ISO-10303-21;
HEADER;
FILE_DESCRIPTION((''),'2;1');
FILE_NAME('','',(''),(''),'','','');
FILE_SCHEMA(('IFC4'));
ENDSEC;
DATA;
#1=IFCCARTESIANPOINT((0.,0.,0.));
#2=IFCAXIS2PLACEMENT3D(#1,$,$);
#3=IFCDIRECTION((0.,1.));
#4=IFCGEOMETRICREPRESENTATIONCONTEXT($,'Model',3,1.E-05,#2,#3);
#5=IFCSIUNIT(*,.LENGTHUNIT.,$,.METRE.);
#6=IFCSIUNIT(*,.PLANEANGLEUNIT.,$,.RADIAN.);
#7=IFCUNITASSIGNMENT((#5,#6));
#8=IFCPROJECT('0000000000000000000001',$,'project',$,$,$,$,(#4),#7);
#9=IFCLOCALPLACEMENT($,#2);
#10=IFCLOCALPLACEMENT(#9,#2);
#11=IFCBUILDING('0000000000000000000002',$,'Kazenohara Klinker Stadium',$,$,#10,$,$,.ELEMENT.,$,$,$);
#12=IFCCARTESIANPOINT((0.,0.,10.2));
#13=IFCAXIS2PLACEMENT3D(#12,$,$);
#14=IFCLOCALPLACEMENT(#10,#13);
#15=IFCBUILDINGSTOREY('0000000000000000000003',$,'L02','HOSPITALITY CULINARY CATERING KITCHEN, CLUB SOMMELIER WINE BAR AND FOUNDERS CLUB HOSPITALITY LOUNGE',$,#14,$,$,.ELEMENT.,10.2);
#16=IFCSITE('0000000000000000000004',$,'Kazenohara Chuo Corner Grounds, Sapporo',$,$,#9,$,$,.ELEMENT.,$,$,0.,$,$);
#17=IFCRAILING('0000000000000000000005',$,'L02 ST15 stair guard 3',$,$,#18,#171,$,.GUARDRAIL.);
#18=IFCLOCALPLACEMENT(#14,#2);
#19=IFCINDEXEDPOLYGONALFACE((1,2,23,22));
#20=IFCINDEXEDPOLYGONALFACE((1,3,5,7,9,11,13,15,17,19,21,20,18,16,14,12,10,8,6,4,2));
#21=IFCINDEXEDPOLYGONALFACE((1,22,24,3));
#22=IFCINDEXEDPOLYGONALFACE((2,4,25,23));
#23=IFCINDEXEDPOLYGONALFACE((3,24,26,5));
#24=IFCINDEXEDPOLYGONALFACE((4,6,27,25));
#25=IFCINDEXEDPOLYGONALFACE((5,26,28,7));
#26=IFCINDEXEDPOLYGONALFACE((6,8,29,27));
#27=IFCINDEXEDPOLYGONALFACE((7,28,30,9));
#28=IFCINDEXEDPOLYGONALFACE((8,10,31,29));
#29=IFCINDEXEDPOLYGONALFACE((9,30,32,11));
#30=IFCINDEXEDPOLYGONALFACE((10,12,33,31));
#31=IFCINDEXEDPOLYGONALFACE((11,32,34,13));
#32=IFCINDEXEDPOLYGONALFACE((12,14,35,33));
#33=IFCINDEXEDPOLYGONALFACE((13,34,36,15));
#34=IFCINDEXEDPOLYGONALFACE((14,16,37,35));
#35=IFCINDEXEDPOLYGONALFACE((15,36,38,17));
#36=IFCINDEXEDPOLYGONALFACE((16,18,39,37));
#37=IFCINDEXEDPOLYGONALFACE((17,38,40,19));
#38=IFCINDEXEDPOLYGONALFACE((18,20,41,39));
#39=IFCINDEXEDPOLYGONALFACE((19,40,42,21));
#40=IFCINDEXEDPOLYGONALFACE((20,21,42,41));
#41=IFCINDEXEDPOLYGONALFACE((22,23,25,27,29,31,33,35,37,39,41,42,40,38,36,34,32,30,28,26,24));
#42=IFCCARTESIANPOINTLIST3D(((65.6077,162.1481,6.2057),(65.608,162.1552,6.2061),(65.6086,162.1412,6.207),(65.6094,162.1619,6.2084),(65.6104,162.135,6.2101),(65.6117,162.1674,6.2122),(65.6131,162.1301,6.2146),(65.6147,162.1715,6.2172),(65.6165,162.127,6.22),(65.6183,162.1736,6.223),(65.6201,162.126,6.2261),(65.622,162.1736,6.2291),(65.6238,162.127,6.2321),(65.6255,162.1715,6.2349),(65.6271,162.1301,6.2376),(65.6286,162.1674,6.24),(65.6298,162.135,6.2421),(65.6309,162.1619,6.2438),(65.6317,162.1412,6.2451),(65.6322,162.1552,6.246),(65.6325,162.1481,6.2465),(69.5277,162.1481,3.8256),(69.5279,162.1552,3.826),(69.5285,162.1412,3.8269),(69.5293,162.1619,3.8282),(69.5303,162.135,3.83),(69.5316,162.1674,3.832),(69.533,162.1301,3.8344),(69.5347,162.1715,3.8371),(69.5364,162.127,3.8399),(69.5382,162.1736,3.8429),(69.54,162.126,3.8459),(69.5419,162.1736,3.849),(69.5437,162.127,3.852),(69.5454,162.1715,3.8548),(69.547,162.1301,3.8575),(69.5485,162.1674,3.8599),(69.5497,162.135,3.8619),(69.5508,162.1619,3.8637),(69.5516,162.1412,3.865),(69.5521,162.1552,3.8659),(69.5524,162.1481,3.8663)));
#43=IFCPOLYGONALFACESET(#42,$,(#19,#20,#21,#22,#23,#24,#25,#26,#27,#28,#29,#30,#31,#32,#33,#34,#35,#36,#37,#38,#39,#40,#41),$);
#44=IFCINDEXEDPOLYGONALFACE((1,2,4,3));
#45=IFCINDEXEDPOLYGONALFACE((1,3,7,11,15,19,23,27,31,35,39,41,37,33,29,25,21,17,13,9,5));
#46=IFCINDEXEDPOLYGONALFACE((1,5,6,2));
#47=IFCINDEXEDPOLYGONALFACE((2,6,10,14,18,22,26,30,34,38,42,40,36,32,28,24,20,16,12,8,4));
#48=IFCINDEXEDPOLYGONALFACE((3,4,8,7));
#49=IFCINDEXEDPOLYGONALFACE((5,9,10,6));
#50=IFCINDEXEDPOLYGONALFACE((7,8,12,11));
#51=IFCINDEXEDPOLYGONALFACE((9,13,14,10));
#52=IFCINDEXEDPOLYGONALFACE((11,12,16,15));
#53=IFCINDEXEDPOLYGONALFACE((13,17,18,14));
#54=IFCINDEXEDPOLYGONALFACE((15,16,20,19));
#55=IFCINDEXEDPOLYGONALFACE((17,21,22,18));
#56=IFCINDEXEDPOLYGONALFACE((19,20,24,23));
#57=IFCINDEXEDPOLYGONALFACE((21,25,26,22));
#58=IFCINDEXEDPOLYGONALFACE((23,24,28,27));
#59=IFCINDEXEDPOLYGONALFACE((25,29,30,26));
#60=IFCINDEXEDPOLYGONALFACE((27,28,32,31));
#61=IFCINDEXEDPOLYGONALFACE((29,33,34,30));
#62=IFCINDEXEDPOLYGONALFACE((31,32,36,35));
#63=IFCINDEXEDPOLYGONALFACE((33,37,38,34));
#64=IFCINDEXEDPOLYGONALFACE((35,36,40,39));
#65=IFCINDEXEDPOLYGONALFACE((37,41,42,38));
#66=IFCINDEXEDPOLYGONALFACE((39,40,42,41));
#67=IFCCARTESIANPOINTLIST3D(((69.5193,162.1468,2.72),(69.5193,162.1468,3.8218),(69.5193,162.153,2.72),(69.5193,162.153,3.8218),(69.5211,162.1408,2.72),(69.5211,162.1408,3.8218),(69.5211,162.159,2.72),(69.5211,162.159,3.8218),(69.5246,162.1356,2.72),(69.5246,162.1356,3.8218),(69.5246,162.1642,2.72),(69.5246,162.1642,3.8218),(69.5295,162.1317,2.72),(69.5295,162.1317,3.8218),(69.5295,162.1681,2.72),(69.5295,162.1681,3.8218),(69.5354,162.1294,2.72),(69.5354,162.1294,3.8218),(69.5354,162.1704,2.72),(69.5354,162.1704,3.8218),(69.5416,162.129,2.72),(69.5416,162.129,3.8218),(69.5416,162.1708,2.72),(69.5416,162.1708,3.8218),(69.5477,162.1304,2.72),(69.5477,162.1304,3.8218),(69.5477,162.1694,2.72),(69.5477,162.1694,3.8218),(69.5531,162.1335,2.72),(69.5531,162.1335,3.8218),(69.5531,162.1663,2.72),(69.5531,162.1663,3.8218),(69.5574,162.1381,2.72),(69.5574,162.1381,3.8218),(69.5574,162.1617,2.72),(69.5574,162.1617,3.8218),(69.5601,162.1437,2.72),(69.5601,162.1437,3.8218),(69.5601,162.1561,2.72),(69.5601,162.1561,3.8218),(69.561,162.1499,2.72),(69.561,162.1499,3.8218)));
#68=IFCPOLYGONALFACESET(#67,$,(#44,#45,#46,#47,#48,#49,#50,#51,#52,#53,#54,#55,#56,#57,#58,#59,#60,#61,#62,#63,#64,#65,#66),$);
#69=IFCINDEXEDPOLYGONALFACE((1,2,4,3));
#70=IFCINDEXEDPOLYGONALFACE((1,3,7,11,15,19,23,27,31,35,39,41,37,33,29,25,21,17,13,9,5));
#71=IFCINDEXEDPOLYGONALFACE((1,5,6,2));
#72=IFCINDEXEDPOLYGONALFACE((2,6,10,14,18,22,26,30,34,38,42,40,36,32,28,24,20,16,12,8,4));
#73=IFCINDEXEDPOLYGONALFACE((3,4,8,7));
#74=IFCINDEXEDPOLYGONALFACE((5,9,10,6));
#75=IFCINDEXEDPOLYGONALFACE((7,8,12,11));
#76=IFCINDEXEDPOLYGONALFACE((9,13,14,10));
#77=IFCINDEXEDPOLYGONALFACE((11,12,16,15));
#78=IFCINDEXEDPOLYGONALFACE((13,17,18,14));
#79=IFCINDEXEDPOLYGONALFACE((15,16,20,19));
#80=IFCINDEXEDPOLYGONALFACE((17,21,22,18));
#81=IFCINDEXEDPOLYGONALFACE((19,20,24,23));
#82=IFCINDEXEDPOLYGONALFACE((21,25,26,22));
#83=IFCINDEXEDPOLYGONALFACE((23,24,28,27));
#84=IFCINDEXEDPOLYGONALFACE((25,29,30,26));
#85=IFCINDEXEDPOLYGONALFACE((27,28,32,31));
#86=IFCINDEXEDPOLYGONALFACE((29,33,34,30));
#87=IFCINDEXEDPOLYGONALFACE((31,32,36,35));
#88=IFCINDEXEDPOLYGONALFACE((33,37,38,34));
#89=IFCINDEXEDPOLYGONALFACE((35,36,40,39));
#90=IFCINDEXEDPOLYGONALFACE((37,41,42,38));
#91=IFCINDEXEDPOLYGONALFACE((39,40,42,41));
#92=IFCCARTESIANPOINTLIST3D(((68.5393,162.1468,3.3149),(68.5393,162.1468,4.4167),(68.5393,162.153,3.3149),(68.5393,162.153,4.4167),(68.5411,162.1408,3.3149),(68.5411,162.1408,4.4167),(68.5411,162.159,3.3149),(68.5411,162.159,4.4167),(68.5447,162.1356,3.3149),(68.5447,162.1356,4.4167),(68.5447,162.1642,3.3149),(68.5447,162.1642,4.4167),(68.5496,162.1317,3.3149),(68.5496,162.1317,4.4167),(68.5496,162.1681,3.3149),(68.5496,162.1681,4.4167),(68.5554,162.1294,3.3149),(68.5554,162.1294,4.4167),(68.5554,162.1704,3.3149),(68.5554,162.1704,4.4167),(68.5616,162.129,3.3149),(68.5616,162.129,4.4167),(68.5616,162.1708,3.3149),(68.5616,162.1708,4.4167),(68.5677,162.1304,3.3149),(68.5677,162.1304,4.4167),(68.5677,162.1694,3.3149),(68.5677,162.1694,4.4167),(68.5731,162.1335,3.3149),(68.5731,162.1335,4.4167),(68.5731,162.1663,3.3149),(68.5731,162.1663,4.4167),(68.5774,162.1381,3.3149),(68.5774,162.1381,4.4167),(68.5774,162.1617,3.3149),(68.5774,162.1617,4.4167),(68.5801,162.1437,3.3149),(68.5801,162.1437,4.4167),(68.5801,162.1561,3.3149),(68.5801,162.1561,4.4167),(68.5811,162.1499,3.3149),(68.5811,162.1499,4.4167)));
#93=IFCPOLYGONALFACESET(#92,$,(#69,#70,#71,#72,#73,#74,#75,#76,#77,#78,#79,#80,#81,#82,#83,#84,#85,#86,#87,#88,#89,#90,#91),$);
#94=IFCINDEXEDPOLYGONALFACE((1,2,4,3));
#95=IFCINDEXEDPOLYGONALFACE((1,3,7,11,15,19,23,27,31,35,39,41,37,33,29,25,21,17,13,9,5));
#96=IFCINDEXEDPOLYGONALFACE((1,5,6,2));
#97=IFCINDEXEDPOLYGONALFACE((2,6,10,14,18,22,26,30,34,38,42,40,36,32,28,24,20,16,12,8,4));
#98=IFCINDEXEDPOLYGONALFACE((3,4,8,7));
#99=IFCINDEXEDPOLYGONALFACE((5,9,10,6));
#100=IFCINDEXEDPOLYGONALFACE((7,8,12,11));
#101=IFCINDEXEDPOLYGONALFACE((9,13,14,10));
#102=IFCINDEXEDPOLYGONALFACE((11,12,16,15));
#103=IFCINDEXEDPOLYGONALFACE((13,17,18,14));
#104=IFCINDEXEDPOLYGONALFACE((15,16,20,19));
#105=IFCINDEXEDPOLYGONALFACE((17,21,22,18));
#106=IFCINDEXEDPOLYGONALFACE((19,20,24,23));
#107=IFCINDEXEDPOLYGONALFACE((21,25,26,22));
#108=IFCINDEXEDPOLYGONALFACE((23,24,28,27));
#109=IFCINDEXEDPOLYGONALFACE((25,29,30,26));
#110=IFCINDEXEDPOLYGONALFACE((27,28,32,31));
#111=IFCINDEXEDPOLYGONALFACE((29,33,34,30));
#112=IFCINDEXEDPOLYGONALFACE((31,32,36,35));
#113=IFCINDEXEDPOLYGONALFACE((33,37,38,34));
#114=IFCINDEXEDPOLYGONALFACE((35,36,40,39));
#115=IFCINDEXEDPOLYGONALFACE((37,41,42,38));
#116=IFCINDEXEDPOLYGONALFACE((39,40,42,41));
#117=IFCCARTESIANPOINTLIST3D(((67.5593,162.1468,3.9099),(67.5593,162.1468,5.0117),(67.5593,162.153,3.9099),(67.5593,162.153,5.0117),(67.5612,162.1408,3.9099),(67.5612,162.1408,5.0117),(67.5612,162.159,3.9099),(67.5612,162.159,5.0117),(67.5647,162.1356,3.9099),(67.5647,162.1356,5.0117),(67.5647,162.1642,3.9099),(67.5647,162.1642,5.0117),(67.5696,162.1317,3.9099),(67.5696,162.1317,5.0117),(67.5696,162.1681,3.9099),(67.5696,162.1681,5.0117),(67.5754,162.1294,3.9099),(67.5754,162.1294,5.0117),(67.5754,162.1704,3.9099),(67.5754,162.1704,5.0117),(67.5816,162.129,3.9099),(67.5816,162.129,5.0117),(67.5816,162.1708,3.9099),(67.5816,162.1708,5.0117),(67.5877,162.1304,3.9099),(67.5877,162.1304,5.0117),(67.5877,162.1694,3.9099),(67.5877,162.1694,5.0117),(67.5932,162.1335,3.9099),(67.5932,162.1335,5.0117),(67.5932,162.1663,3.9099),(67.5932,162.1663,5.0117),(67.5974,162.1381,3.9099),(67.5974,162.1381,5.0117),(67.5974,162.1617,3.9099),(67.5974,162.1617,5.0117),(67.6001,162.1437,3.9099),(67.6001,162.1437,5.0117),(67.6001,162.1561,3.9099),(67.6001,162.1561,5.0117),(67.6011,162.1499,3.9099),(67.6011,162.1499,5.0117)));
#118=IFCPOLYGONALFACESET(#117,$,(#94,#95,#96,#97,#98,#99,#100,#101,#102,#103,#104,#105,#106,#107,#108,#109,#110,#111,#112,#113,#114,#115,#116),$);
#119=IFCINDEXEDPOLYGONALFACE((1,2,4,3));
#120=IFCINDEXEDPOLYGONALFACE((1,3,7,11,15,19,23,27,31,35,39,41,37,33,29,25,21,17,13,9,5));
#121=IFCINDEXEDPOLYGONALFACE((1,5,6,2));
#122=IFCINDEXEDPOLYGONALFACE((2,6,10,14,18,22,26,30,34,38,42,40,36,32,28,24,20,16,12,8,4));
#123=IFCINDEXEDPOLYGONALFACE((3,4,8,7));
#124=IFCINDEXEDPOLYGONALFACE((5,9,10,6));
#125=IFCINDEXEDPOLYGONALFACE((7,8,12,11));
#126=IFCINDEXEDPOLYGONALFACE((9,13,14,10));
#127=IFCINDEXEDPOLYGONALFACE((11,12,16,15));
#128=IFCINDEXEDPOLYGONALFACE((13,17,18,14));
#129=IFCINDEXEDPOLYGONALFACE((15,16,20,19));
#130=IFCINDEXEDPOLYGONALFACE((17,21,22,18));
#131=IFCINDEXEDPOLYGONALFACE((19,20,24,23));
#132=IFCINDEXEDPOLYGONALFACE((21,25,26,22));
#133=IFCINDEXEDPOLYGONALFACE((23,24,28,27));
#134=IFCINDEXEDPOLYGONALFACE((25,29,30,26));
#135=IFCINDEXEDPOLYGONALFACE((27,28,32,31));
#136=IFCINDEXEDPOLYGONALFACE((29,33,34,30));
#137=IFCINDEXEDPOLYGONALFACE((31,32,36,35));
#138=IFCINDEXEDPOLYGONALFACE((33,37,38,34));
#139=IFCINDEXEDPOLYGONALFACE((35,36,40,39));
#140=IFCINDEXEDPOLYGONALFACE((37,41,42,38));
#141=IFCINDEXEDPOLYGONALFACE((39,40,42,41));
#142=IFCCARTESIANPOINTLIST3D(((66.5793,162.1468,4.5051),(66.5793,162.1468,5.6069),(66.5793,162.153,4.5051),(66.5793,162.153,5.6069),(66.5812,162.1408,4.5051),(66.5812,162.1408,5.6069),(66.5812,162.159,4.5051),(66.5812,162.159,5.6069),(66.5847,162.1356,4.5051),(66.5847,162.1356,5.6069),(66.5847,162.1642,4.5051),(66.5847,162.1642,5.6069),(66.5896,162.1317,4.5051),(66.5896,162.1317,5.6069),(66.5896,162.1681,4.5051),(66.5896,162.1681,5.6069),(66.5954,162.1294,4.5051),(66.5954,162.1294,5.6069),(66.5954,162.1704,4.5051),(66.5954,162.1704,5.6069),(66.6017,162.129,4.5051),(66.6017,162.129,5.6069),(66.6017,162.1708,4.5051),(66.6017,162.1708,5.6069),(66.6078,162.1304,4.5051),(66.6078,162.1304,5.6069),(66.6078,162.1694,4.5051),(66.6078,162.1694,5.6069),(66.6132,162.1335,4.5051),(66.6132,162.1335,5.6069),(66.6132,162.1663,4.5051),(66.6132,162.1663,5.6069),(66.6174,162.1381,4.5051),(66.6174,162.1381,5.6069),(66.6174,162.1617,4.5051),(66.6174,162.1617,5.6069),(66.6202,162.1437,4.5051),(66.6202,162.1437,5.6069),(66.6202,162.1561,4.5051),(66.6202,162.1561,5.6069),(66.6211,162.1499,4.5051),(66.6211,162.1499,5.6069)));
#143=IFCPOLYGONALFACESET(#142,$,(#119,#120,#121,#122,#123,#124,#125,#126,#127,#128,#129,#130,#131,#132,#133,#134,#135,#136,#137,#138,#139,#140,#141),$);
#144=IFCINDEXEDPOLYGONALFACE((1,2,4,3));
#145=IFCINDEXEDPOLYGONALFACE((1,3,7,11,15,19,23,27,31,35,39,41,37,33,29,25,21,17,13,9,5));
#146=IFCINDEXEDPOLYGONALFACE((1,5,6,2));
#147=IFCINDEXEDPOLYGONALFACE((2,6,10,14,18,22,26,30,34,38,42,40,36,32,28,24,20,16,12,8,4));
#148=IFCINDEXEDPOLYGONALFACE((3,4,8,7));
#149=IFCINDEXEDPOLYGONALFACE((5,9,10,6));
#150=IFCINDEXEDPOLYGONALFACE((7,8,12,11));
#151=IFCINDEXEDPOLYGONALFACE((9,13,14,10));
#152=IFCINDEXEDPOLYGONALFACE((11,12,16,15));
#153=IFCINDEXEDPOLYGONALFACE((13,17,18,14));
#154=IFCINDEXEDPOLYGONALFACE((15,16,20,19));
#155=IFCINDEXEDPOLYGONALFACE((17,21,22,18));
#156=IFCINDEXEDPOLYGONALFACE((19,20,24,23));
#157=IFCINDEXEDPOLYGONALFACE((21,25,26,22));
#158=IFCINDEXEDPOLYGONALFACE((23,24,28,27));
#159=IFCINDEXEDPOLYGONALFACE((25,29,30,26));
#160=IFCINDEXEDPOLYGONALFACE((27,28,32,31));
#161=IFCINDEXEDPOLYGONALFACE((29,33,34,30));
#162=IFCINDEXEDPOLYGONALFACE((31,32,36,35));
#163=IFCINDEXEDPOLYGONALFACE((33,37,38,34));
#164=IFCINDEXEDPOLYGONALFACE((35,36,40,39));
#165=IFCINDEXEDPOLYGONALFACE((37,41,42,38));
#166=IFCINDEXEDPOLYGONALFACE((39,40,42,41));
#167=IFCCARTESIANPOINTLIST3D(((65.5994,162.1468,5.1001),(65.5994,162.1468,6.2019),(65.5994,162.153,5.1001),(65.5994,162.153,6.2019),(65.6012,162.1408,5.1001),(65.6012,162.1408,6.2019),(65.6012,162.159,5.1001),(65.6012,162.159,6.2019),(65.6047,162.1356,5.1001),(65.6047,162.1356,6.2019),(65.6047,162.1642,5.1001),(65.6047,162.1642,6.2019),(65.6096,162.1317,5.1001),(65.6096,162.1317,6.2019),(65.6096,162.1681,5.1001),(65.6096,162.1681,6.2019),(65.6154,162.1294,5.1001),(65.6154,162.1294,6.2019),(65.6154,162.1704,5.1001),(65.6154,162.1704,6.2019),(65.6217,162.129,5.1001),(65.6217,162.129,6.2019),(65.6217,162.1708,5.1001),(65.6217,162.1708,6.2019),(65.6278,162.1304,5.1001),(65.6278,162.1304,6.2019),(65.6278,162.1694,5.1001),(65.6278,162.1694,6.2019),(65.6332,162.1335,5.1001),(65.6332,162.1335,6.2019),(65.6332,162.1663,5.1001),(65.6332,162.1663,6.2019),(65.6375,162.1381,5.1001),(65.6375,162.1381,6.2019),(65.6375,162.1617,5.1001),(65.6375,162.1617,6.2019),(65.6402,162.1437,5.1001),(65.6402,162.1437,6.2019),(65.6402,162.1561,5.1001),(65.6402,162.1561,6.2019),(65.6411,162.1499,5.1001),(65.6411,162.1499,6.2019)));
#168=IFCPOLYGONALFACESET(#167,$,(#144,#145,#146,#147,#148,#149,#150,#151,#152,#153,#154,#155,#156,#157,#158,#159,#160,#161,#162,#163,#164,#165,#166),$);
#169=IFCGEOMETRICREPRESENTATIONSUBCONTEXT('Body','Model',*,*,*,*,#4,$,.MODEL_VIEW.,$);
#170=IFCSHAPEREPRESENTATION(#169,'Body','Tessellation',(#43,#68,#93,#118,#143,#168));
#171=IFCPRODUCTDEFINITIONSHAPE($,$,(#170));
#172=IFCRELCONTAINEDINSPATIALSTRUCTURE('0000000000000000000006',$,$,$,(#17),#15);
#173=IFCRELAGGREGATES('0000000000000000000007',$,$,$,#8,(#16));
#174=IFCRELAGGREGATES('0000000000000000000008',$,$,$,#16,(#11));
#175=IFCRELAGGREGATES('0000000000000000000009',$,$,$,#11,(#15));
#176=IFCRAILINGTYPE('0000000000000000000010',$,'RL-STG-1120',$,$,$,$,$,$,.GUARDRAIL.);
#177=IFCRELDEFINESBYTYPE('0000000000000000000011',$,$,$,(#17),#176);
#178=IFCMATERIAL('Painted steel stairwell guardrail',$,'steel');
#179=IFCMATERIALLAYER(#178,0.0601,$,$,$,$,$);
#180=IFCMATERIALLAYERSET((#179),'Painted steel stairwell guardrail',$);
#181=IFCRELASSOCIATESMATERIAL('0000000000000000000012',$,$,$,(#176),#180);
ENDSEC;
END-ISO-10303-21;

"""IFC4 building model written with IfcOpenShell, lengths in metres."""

from ifc_helpers import new_model, si_unit, direction, frame, origin, origin_2d, place, context, subcontext, project, spatial, circle, extrude, material, layer, layer_set, type_object, element, save


model = new_model("IFC4")

# Units and contexts
model_context = context("Model", 3, precision=1e-05, world=origin(), true_north=direction((0.0, 1.0)))
body_context = subcontext(model_context, "Body", "Model", "MODEL_VIEW")
ifc_project = project(units=[si_unit("LENGTHUNIT", "METRE"), si_unit("PLANEANGLEUNIT", "RADIAN")], contexts=[model_context])

# Site, building, storey
site_placement = place(None, origin())
site = spatial("IfcSite", under=ifc_project, at=site_placement, Name="Kazenohara Chuo Corner Grounds, Sapporo", CompositionType="ELEMENT", RefElevation=0.0)
building_placement = place(site_placement, origin())
building = spatial("IfcBuilding", under=site, at=building_placement, Name="Kazenohara Klinker Stadium", CompositionType="ELEMENT")
storey_placement = place(building_placement, frame((0.0, 0.0, 10.2)))
storey = spatial("IfcBuildingStorey", under=building, at=storey_placement, Name="L02", Description="HOSPITALITY CULINARY CATERING KITCHEN, CLUB SOMMELIER WINE BAR AND FOUNDERS CLUB HOSPITALITY LOUNGE", CompositionType="ELEMENT", Elevation=10.2)

# Railing
ifc_material_1 = material(Name="Painted steel stairwell guardrail", Category="steel")
ifc_layer_1 = layer(ifc_material_1, 0.0601)
ifc_layer_set_1 = layer_set([ifc_layer_1], Name="Painted steel stairwell guardrail")
railing_type_1 = type_object("IfcRailingType", Name="RL-STG-1120", PredefinedType="GUARDRAIL", material=ifc_layer_set_1)
railing_1_placement = place(storey_placement, frame((69.54, 162.1499, 2.72)))
element("IfcRailing", 1, at=railing_1_placement, inside=storey, type_object=railing_type_1, Name="L02 ST15 stair guard 3", PredefinedType="GUARDRAIL", context=body_context, shape_type="SweptSolid", body=[
    extrude(circle(Radius=0.0239, at=origin_2d()), frame((0.0, 0.0, 1.126), z_axis=(-0.854771, 0.0, 0.519006), x_axis=(0.0, -1.0, 0.0)), (0.0, 0.0, 1.0), 4.5859),
    extrude(circle(Radius=0.021, at=origin_2d()), origin(), (0.0, 0.0, 1.0), 1.1018),
    extrude(circle(Radius=0.021, at=origin_2d()), frame((-0.98, 0.0, 0.595)), (0.0, 0.0, 1.0), 1.1018),
    extrude(circle(Radius=0.021, at=origin_2d()), frame((-1.96, 0.0, 1.1899)), (0.0, 0.0, 1.0), 1.1018),
    extrude(circle(Radius=0.021, at=origin_2d()), frame((-2.9399, 0.0, 1.7852)), (0.0, 0.0, 1.0), 1.1018),
    extrude(circle(Radius=0.021, at=origin_2d()), frame((-3.9199, 0.0, 2.3801)), (0.0, 0.0, 1.0), 1.1018),
])

save(model, "model.ifc")
